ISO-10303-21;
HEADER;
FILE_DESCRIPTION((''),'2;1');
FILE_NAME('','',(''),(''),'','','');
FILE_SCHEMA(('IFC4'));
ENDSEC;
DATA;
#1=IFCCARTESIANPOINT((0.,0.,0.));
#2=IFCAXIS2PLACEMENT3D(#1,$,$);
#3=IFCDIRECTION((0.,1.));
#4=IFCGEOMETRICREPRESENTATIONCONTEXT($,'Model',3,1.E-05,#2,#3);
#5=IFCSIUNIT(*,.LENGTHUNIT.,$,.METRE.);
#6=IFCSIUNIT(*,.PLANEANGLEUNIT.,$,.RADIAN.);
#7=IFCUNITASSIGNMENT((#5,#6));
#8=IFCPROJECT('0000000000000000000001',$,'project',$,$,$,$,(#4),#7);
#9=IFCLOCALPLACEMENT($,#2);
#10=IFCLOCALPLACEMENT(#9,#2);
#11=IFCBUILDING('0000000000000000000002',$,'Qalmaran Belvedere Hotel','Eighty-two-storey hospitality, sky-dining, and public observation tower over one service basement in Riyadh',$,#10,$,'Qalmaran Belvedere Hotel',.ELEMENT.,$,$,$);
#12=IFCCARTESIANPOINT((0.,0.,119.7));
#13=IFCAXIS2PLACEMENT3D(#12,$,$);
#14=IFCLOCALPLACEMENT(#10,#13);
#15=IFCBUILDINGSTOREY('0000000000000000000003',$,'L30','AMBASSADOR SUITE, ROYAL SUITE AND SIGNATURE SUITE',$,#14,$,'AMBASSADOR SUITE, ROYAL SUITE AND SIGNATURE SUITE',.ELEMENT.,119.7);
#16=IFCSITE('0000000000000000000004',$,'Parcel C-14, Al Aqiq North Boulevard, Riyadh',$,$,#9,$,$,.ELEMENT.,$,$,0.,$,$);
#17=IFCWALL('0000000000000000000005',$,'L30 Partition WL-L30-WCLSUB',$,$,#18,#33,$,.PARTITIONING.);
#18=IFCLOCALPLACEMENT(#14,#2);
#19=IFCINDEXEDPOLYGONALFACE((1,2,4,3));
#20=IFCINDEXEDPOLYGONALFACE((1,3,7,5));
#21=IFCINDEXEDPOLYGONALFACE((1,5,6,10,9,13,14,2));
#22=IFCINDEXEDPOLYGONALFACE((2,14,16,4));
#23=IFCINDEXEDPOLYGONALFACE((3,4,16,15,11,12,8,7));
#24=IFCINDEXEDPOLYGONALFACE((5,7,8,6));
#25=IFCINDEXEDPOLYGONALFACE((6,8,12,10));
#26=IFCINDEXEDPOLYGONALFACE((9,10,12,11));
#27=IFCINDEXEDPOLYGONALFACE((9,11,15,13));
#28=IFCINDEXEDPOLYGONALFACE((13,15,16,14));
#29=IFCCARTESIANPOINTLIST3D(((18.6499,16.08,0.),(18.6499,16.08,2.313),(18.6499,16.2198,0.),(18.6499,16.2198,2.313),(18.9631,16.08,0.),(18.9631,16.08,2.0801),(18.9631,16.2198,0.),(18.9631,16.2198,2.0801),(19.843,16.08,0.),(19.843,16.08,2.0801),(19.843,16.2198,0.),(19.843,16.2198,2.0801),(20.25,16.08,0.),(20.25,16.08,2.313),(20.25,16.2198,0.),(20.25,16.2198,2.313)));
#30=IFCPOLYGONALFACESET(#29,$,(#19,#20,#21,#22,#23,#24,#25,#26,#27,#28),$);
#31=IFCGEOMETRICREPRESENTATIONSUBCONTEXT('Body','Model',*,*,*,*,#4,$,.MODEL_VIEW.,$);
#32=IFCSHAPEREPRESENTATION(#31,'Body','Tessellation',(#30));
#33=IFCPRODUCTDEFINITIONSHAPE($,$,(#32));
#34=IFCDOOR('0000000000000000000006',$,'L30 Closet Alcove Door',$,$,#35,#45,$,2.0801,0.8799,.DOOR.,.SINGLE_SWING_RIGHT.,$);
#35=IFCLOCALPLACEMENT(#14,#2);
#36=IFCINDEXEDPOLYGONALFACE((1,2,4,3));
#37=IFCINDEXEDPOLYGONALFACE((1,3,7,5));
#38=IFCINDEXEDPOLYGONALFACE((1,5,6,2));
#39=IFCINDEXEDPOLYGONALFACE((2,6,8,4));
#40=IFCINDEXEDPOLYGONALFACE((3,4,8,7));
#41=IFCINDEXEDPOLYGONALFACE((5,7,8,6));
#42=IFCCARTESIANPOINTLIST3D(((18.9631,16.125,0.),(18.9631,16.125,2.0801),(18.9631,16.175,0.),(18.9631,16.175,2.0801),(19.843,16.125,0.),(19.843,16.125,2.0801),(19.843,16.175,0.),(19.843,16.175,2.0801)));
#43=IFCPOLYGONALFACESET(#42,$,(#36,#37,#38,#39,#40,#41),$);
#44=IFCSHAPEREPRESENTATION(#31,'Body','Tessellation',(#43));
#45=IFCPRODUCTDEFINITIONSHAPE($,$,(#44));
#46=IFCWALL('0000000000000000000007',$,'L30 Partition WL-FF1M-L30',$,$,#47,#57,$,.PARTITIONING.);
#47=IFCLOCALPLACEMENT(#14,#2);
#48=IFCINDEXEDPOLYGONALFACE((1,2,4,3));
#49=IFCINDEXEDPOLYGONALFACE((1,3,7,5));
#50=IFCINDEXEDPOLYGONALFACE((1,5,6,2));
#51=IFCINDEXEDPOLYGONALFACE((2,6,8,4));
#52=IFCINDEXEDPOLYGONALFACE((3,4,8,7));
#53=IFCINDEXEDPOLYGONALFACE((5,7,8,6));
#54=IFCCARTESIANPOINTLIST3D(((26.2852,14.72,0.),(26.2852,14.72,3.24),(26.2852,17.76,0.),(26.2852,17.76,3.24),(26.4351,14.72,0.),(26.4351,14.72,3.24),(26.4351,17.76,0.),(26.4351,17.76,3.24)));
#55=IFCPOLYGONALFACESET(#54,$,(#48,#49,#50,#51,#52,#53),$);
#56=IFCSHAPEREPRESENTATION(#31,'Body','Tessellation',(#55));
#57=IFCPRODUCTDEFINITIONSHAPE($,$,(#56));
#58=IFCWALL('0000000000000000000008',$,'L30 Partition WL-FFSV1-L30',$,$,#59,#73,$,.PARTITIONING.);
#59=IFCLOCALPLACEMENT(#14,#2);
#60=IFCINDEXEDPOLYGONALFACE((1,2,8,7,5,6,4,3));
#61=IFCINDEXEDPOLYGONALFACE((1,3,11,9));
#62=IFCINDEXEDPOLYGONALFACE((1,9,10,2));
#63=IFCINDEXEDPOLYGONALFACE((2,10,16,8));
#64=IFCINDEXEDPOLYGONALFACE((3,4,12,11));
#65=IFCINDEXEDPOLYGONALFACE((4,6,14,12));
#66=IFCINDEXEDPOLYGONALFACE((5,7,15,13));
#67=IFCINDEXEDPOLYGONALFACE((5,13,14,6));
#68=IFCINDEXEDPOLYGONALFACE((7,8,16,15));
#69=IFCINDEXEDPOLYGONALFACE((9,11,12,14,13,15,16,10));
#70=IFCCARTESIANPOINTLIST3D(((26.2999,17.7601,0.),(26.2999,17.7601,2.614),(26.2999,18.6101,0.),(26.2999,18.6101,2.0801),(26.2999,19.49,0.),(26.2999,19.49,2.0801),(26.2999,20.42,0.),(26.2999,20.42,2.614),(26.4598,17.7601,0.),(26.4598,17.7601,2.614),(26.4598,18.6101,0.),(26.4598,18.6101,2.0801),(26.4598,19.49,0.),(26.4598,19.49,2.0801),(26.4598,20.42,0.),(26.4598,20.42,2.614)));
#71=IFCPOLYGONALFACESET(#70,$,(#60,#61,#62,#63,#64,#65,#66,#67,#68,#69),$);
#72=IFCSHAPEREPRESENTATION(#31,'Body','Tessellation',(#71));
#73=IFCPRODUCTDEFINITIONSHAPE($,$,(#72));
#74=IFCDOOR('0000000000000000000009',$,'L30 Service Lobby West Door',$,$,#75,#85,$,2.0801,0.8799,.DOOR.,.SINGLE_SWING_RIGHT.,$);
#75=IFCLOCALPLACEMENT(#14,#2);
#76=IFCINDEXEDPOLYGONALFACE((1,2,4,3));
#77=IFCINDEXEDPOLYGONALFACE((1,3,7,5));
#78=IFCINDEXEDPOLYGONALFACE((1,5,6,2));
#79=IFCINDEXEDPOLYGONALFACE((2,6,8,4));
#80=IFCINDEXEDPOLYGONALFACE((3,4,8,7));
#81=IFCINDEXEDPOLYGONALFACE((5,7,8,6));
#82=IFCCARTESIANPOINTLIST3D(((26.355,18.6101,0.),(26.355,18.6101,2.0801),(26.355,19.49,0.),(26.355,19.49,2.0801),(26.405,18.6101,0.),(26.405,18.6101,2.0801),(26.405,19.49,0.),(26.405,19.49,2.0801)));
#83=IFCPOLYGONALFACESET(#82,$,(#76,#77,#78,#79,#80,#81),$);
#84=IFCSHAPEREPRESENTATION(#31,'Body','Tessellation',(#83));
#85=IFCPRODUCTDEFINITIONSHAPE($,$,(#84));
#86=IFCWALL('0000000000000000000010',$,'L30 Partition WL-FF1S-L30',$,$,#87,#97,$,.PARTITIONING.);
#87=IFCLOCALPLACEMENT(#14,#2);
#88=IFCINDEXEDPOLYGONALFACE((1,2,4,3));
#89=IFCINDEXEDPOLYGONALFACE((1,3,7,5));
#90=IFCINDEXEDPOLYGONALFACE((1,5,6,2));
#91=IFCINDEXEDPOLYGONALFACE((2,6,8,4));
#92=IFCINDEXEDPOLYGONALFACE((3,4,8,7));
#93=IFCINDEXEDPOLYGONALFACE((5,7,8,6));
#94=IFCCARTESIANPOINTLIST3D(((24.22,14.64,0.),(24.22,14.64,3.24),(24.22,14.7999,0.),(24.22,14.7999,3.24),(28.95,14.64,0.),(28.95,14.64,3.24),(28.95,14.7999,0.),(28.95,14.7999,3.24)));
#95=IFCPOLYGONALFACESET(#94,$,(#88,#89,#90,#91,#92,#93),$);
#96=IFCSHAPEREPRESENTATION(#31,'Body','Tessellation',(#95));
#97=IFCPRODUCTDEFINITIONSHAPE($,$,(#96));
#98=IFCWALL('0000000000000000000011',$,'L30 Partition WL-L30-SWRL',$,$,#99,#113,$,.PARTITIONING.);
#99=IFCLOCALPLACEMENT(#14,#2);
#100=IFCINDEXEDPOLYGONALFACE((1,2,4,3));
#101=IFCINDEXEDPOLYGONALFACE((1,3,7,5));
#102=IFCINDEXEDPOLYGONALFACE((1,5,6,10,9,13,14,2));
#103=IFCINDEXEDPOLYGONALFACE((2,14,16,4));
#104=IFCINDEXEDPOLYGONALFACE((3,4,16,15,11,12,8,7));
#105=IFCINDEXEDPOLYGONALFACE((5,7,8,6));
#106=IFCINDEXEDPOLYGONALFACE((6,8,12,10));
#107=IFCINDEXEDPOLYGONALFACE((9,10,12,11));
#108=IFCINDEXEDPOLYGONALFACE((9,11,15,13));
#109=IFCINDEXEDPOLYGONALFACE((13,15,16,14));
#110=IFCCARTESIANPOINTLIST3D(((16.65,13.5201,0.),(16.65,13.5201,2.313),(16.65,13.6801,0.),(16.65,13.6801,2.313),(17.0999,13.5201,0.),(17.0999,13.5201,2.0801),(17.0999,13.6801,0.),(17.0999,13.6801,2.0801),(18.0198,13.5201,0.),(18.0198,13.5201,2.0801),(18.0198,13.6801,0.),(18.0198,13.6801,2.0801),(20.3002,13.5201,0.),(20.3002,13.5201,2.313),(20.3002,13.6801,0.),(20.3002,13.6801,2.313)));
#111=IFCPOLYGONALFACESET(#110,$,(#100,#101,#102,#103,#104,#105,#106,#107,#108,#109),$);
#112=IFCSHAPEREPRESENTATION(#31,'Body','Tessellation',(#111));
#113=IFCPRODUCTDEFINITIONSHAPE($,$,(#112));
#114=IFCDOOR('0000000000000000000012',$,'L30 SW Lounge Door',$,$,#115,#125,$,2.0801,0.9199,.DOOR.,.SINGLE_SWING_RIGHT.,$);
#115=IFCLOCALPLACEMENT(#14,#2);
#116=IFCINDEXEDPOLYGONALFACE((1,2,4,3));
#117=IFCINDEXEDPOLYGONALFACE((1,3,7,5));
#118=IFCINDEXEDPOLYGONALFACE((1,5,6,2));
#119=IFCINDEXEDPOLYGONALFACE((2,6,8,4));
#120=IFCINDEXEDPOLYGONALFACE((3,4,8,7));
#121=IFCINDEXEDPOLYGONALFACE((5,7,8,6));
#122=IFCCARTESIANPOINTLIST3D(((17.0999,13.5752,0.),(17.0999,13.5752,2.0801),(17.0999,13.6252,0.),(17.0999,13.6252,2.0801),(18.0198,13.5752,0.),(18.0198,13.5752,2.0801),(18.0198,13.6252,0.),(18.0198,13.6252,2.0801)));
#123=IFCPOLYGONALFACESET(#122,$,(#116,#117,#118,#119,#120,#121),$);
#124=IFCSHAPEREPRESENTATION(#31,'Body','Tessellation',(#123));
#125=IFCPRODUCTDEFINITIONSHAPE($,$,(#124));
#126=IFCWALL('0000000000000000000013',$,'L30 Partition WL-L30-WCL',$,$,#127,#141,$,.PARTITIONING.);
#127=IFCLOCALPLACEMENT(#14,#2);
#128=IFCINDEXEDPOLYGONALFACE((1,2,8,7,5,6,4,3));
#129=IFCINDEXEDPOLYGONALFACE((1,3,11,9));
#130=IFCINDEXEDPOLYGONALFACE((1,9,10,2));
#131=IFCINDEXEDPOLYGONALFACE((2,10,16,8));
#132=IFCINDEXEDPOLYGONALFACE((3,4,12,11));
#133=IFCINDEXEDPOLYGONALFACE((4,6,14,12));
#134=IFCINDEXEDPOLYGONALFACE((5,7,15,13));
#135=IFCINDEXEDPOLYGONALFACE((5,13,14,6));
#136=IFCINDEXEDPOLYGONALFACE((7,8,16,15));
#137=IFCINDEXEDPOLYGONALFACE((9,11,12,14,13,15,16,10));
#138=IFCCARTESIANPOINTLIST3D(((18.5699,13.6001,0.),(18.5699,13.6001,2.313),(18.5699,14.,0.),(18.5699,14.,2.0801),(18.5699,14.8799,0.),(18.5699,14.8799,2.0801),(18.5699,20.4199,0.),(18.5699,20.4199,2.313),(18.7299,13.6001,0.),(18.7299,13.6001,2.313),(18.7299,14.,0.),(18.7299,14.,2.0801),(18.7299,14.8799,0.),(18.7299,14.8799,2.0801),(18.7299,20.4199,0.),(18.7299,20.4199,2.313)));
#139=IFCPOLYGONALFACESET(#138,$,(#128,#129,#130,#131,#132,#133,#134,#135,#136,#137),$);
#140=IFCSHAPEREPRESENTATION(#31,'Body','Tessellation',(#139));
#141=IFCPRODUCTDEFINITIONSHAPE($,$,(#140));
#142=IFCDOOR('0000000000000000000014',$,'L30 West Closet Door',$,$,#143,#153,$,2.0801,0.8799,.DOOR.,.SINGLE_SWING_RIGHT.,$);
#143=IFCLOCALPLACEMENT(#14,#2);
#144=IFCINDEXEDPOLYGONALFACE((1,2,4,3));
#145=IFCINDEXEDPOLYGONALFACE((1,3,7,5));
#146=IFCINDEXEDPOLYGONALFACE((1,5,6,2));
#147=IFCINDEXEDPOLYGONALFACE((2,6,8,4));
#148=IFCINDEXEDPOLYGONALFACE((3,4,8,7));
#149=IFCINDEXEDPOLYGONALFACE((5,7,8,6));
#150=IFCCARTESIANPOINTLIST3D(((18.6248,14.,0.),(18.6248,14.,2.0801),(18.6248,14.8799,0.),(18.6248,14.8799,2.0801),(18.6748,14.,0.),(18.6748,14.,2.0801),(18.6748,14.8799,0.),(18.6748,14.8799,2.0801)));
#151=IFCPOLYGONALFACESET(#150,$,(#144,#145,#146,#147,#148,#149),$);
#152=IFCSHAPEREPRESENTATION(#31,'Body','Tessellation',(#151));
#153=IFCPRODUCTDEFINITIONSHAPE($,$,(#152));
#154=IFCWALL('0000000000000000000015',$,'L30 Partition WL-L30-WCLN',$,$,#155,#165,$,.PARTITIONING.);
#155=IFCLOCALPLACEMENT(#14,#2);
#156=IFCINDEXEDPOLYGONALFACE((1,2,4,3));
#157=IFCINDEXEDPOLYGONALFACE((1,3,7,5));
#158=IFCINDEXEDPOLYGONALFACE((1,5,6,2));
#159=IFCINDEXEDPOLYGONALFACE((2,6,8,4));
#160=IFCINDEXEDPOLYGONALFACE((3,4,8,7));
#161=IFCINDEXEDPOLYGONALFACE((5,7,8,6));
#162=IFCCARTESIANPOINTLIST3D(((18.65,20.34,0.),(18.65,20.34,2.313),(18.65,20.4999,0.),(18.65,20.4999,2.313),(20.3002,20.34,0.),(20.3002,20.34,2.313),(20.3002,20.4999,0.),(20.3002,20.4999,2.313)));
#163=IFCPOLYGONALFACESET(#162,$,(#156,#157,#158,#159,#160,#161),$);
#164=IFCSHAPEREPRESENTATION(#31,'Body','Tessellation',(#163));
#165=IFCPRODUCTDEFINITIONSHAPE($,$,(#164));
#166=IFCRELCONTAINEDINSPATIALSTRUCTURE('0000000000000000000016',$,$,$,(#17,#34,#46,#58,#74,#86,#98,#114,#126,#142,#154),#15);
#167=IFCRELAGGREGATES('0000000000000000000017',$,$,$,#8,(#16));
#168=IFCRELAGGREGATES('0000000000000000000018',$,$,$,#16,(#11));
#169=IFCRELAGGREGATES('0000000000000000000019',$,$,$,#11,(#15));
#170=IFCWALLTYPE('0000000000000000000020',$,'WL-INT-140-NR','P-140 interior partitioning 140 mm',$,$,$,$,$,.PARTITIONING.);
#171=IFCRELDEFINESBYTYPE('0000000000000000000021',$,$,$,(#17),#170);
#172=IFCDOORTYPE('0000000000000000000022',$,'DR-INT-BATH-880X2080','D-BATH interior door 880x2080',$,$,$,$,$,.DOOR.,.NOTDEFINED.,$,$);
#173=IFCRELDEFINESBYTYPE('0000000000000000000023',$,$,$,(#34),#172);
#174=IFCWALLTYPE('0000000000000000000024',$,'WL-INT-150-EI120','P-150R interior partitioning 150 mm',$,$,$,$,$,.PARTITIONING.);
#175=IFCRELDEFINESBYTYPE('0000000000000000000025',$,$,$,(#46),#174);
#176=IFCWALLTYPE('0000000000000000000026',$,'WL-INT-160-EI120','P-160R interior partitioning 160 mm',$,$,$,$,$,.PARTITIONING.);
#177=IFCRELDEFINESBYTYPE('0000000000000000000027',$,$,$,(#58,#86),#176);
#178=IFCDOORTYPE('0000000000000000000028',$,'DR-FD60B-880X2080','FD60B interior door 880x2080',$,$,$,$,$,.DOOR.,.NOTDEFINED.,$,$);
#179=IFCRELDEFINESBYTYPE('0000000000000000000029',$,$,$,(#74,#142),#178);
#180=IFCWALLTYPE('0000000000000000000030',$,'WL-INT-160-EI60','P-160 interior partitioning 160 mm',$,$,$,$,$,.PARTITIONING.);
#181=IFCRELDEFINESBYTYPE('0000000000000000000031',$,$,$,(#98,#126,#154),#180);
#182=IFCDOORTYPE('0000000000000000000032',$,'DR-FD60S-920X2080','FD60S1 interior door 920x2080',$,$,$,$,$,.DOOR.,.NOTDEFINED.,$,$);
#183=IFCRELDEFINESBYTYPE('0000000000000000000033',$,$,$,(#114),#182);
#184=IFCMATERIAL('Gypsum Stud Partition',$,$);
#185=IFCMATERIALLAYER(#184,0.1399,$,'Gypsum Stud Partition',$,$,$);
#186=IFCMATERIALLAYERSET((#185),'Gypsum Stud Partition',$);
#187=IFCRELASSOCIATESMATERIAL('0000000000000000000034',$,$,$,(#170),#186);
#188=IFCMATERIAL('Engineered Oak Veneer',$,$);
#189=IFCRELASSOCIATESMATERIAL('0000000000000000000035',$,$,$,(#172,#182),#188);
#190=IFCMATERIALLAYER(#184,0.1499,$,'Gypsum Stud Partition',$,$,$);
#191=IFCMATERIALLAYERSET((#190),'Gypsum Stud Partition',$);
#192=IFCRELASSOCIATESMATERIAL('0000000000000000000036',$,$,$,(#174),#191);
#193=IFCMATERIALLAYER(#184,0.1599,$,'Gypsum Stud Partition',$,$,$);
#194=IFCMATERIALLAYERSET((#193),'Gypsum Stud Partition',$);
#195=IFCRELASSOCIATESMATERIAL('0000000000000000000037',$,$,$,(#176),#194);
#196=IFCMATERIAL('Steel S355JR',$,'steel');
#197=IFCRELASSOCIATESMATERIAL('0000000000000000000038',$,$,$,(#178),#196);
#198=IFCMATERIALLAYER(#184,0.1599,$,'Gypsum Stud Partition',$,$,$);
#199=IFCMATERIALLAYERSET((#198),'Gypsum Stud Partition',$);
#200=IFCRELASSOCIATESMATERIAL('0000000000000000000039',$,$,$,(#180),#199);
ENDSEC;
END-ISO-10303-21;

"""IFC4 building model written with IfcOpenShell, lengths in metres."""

from ifc_helpers import new_model, si_unit, direction, frame, frame_2d, origin, place, context, subcontext, project, spatial, rectangle, extrude, material, layer, layer_set, type_object, element, fill, save


model = new_model("IFC4")

# Units and contexts
model_context = context("Model", 3, precision=1e-05, world=origin(), true_north=direction((0.0, 1.0)))
body_context = subcontext(model_context, "Body", "Model", "MODEL_VIEW")
ifc_project = project(units=[si_unit("LENGTHUNIT", "METRE"), si_unit("PLANEANGLEUNIT", "RADIAN")], contexts=[model_context])

# Site, building, storey
site_placement = place(None, origin())
site = spatial("IfcSite", under=ifc_project, at=site_placement, Name="Parcel C-14, Al Aqiq North Boulevard, Riyadh", CompositionType="ELEMENT", RefElevation=0.0)
building_placement = place(site_placement, origin())
building = spatial("IfcBuilding", under=site, at=building_placement, Name="Qalmaran Belvedere Hotel", Description="Eighty-two-storey hospitality, sky-dining, and public observation tower over one service basement in Riyadh", LongName="Qalmaran Belvedere Hotel", CompositionType="ELEMENT")
storey_placement = place(building_placement, frame((0.0, 0.0, 119.7)))
storey = spatial("IfcBuildingStorey", under=building, at=storey_placement, Name="L30", Description="AMBASSADOR SUITE, ROYAL SUITE AND SIGNATURE SUITE", LongName="AMBASSADOR SUITE, ROYAL SUITE AND SIGNATURE SUITE", CompositionType="ELEMENT", Elevation=119.7)

# Wall, opening, door
ifc_material_1 = material(Name="Gypsum Stud Partition")
ifc_layer_1 = layer(ifc_material_1, 0.1399, Name="Gypsum Stud Partition")
ifc_layer_set_1 = layer_set([ifc_layer_1], Name="Gypsum Stud Partition")
wall_type_1 = type_object("IfcWallType", Name="WL-INT-140-NR", Description="P-140 interior partitioning 140 mm", PredefinedType="PARTITIONING", material=ifc_layer_set_1)
wall_1_placement = place(storey_placement, frame((18.6499, 16.1499, 0.0), z_axis=(0.0, 0.0, 1.0), x_axis=(1.0, 0.0, 0.0)))
wall_1 = element("IfcWall", 1, at=wall_1_placement, inside=storey, type_object=wall_type_1, Name="L30 Partition WL-L30-WCLSUB", PredefinedType="PARTITIONING", context=body_context, shape_type="SweptSolid", body=[
    extrude(rectangle(XDim=1.6001, YDim=0.1399, at=frame_2d((0.8, 0.0))), origin(), (0.0, 0.0, 1.0), 2.313),
])
opening_1_placement = place(wall_1_placement, frame((1.1931, 0.0, 0.0), z_axis=(0.0, 0.0, 1.0), x_axis=(-1.0, 0.0, 0.0)))
opening_1 = element("IfcOpeningElement", 2, at=opening_1_placement, cuts=wall_1, PredefinedType="OPENING", context=body_context, shape_type="SweptSolid", body=[
    extrude(rectangle(XDim=0.8799, YDim=2.0801, at=frame_2d((0.4399, 1.04))), frame((0.0, 0.0801, 0.0), z_axis=(0.0, -1.0, 0.0), x_axis=(1.0, 0.0, 0.0)), (0.0, 0.0, 1.0), 0.1599),
])
ifc_material_2 = material(Name="Engineered Oak Veneer")
door_type_1 = type_object("IfcDoorType", Name="DR-INT-BATH-880X2080", Description="D-BATH interior door 880x2080", OperationType="NOTDEFINED", PredefinedType="DOOR", material=ifc_material_2)
door_1_placement = place(opening_1_placement, origin())
door_1 = element("IfcDoor", 3, at=door_1_placement, inside=storey, type_object=door_type_1, Name="L30 Closet Alcove Door", OperationType="SINGLE_SWING_RIGHT", OverallHeight=2.0801, OverallWidth=0.8799, PredefinedType="DOOR", context=body_context, shape_type="SweptSolid", body=[
    extrude(rectangle(XDim=0.8799, YDim=2.0801, at=frame_2d((0.4399, 1.04))), frame((0.0, 0.0249, 0.0), z_axis=(0.0, -1.0, 0.0), x_axis=(1.0, 0.0, 0.0)), (0.0, 0.0, 1.0), 0.05),
])
fill(opening_1, door_1)

# Wall
ifc_layer_2 = layer(ifc_material_1, 0.1499, Name="Gypsum Stud Partition")
ifc_layer_set_2 = layer_set([ifc_layer_2], Name="Gypsum Stud Partition")
wall_type_2 = type_object("IfcWallType", Name="WL-INT-150-EI120", Description="P-150R interior partitioning 150 mm", PredefinedType="PARTITIONING", material=ifc_layer_set_2)
wall_2_placement = place(storey_placement, frame((26.3601, 14.72, 0.0), z_axis=(0.0, 0.0, 1.0), x_axis=(0.0, 1.0, 0.0)))
element("IfcWall", 4, at=wall_2_placement, inside=storey, type_object=wall_type_2, Name="L30 Partition WL-FF1M-L30", PredefinedType="PARTITIONING", context=body_context, shape_type="SweptSolid", body=[
    extrude(rectangle(XDim=3.04, YDim=0.1499, at=frame_2d((1.52, 0.0))), origin(), (0.0, 0.0, 1.0), 3.24),
])

# Wall, opening, door
ifc_layer_3 = layer(ifc_material_1, 0.1599, Name="Gypsum Stud Partition")
ifc_layer_set_3 = layer_set([ifc_layer_3], Name="Gypsum Stud Partition")
wall_type_3 = type_object("IfcWallType", Name="WL-INT-160-EI120", Description="P-160R interior partitioning 160 mm", PredefinedType="PARTITIONING", material=ifc_layer_set_3)
wall_3_placement = place(storey_placement, frame((26.3799, 17.76, 0.0), z_axis=(0.0, 0.0, 1.0), x_axis=(0.0, 1.0, 0.0)))
wall_3 = element("IfcWall", 5, at=wall_3_placement, inside=storey, type_object=wall_type_3, Name="L30 Partition WL-FFSV1-L30", PredefinedType="PARTITIONING", context=body_context, shape_type="SweptSolid", body=[
    extrude(rectangle(XDim=2.6599, YDim=0.1599, at=frame_2d((1.3301, 0.0))), origin(), (0.0, 0.0, 1.0), 2.614),
])
opening_2_placement = place(wall_3_placement, frame((0.8501, 0.0, 0.0)))
opening_2 = element("IfcOpeningElement", 6, at=opening_2_placement, cuts=wall_3, PredefinedType="OPENING", context=body_context, shape_type="SweptSolid", body=[
    extrude(rectangle(XDim=0.8799, YDim=2.0801, at=frame_2d((0.4399, 1.04))), frame((0.0, 0.0898, 0.0), z_axis=(0.0, -1.0, 0.0), x_axis=(1.0, 0.0, 0.0)), (0.0, 0.0, 1.0), 0.1799),
])
ifc_material_3 = material(Name="Steel S355JR", Category="steel")
door_type_2 = type_object("IfcDoorType", Name="DR-FD60B-880X2080", Description="FD60B interior door 880x2080", OperationType="NOTDEFINED", PredefinedType="DOOR", material=ifc_material_3)
door_2_placement = place(opening_2_placement, origin())
door_2 = element("IfcDoor", 7, at=door_2_placement, inside=storey, type_object=door_type_2, Name="L30 Service Lobby West Door", OperationType="SINGLE_SWING_RIGHT", OverallHeight=2.0801, OverallWidth=0.8799, PredefinedType="DOOR", context=body_context, shape_type="SweptSolid", body=[
    extrude(rectangle(XDim=0.8799, YDim=2.0801, at=frame_2d((0.4399, 1.04))), frame((0.0, 0.0249, 0.0), z_axis=(0.0, -1.0, 0.0), x_axis=(1.0, 0.0, 0.0)), (0.0, 0.0, 1.0), 0.05),
])
fill(opening_2, door_2)

# Wall
wall_4_placement = place(storey_placement, frame((24.22, 14.72, 0.0), z_axis=(0.0, 0.0, 1.0), x_axis=(1.0, 0.0, 0.0)))
element("IfcWall", 8, at=wall_4_placement, inside=storey, type_object=wall_type_3, Name="L30 Partition WL-FF1S-L30", PredefinedType="PARTITIONING", context=body_context, shape_type="SweptSolid", body=[
    extrude(rectangle(XDim=4.73, YDim=0.1599, at=frame_2d((2.365, 0.0))), origin(), (0.0, 0.0, 1.0), 3.24),
])

# Walls, openings, doors
ifc_layer_4 = layer(ifc_material_1, 0.1599, Name="Gypsum Stud Partition")
ifc_layer_set_4 = layer_set([ifc_layer_4], Name="Gypsum Stud Partition")
wall_type_4 = type_object("IfcWallType", Name="WL-INT-160-EI60", Description="P-160 interior partitioning 160 mm", PredefinedType="PARTITIONING", material=ifc_layer_set_4)
wall_5_placement = place(storey_placement, frame((16.6499, 13.6001, 0.0), z_axis=(0.0, 0.0, 1.0), x_axis=(1.0, 0.0, 0.0)))
wall_5 = element("IfcWall", 9, at=wall_5_placement, inside=storey, type_object=wall_type_4, Name="L30 Partition WL-L30-SWRL", PredefinedType="PARTITIONING", context=body_context, shape_type="SweptSolid", body=[
    extrude(rectangle(XDim=3.6501, YDim=0.1599, at=frame_2d((1.8252, 0.0))), origin(), (0.0, 0.0, 1.0), 2.313),
])
opening_3_placement = place(wall_5_placement, frame((1.3699, 0.0, 0.0), z_axis=(0.0, 0.0, 1.0), x_axis=(-1.0, 0.0, 0.0)))
opening_3 = element("IfcOpeningElement", 10, at=opening_3_placement, cuts=wall_5, PredefinedType="OPENING", context=body_context, shape_type="SweptSolid", body=[
    extrude(rectangle(XDim=0.9199, YDim=2.0801, at=frame_2d((0.46, 1.04))), frame((0.0, 0.0898, 0.0), z_axis=(0.0, -1.0, 0.0), x_axis=(1.0, 0.0, 0.0)), (0.0, 0.0, 1.0), 0.1799),
])
door_type_3 = type_object("IfcDoorType", Name="DR-FD60S-920X2080", Description="FD60S1 interior door 920x2080", OperationType="NOTDEFINED", PredefinedType="DOOR", material=ifc_material_2)
door_3_placement = place(opening_3_placement, origin())
door_3 = element("IfcDoor", 11, at=door_3_placement, inside=storey, type_object=door_type_3, Name="L30 SW Lounge Door", OperationType="SINGLE_SWING_RIGHT", OverallHeight=2.0801, OverallWidth=0.9199, PredefinedType="DOOR", context=body_context, shape_type="SweptSolid", body=[
    extrude(rectangle(XDim=0.9199, YDim=2.0801, at=frame_2d((0.46, 1.04))), frame((0.0, 0.0249, 0.0), z_axis=(0.0, -1.0, 0.0), x_axis=(1.0, 0.0, 0.0)), (0.0, 0.0, 1.0), 0.05),
])
fill(opening_3, door_3)
wall_6_placement = place(storey_placement, frame((18.6499, 13.6001, 0.0), z_axis=(0.0, 0.0, 1.0), x_axis=(0.0, 1.0, 0.0)))
wall_6 = element("IfcWall", 12, at=wall_6_placement, inside=storey, type_object=wall_type_4, Name="L30 Partition WL-L30-WCL", PredefinedType="PARTITIONING", context=body_context, shape_type="SweptSolid", body=[
    extrude(rectangle(XDim=6.8198, YDim=0.1599, at=frame_2d((3.4099, 0.0))), origin(), (0.0, 0.0, 1.0), 2.313),
])
opening_4_placement = place(wall_6_placement, frame((1.2798, 0.0, 0.0), z_axis=(0.0, 0.0, 1.0), x_axis=(-1.0, 0.0, 0.0)))
opening_4 = element("IfcOpeningElement", 13, at=opening_4_placement, cuts=wall_6, PredefinedType="OPENING", context=body_context, shape_type="SweptSolid", body=[
    extrude(rectangle(XDim=0.8799, YDim=2.0801, at=frame_2d((0.4399, 1.04))), frame((0.0, 0.0898, 0.0), z_axis=(0.0, -1.0, 0.0), x_axis=(1.0, 0.0, 0.0)), (0.0, 0.0, 1.0), 0.1799),
])
door_4_placement = place(opening_4_placement, origin())
door_4 = element("IfcDoor", 14, at=door_4_placement, inside=storey, type_object=door_type_2, Name="L30 West Closet Door", OperationType="SINGLE_SWING_RIGHT", OverallHeight=2.0801, OverallWidth=0.8799, PredefinedType="DOOR", context=body_context, shape_type="SweptSolid", body=[
    extrude(rectangle(XDim=0.8799, YDim=2.0801, at=frame_2d((0.4399, 1.04))), frame((0.0, 0.0249, 0.0), z_axis=(0.0, -1.0, 0.0), x_axis=(1.0, 0.0, 0.0)), (0.0, 0.0, 1.0), 0.05),
])
fill(opening_4, door_4)

# Wall
wall_7_placement = place(storey_placement, frame((18.6499, 20.4199, 0.0), z_axis=(0.0, 0.0, 1.0), x_axis=(1.0, 0.0, 0.0)))
element("IfcWall", 15, at=wall_7_placement, inside=storey, type_object=wall_type_4, Name="L30 Partition WL-L30-WCLN", PredefinedType="PARTITIONING", context=body_context, shape_type="SweptSolid", body=[
    extrude(rectangle(XDim=1.6501, YDim=0.1599, at=frame_2d((0.8252, 0.0))), origin(), (0.0, 0.0, 1.0), 2.313),
])

save(model, "model.ifc")
